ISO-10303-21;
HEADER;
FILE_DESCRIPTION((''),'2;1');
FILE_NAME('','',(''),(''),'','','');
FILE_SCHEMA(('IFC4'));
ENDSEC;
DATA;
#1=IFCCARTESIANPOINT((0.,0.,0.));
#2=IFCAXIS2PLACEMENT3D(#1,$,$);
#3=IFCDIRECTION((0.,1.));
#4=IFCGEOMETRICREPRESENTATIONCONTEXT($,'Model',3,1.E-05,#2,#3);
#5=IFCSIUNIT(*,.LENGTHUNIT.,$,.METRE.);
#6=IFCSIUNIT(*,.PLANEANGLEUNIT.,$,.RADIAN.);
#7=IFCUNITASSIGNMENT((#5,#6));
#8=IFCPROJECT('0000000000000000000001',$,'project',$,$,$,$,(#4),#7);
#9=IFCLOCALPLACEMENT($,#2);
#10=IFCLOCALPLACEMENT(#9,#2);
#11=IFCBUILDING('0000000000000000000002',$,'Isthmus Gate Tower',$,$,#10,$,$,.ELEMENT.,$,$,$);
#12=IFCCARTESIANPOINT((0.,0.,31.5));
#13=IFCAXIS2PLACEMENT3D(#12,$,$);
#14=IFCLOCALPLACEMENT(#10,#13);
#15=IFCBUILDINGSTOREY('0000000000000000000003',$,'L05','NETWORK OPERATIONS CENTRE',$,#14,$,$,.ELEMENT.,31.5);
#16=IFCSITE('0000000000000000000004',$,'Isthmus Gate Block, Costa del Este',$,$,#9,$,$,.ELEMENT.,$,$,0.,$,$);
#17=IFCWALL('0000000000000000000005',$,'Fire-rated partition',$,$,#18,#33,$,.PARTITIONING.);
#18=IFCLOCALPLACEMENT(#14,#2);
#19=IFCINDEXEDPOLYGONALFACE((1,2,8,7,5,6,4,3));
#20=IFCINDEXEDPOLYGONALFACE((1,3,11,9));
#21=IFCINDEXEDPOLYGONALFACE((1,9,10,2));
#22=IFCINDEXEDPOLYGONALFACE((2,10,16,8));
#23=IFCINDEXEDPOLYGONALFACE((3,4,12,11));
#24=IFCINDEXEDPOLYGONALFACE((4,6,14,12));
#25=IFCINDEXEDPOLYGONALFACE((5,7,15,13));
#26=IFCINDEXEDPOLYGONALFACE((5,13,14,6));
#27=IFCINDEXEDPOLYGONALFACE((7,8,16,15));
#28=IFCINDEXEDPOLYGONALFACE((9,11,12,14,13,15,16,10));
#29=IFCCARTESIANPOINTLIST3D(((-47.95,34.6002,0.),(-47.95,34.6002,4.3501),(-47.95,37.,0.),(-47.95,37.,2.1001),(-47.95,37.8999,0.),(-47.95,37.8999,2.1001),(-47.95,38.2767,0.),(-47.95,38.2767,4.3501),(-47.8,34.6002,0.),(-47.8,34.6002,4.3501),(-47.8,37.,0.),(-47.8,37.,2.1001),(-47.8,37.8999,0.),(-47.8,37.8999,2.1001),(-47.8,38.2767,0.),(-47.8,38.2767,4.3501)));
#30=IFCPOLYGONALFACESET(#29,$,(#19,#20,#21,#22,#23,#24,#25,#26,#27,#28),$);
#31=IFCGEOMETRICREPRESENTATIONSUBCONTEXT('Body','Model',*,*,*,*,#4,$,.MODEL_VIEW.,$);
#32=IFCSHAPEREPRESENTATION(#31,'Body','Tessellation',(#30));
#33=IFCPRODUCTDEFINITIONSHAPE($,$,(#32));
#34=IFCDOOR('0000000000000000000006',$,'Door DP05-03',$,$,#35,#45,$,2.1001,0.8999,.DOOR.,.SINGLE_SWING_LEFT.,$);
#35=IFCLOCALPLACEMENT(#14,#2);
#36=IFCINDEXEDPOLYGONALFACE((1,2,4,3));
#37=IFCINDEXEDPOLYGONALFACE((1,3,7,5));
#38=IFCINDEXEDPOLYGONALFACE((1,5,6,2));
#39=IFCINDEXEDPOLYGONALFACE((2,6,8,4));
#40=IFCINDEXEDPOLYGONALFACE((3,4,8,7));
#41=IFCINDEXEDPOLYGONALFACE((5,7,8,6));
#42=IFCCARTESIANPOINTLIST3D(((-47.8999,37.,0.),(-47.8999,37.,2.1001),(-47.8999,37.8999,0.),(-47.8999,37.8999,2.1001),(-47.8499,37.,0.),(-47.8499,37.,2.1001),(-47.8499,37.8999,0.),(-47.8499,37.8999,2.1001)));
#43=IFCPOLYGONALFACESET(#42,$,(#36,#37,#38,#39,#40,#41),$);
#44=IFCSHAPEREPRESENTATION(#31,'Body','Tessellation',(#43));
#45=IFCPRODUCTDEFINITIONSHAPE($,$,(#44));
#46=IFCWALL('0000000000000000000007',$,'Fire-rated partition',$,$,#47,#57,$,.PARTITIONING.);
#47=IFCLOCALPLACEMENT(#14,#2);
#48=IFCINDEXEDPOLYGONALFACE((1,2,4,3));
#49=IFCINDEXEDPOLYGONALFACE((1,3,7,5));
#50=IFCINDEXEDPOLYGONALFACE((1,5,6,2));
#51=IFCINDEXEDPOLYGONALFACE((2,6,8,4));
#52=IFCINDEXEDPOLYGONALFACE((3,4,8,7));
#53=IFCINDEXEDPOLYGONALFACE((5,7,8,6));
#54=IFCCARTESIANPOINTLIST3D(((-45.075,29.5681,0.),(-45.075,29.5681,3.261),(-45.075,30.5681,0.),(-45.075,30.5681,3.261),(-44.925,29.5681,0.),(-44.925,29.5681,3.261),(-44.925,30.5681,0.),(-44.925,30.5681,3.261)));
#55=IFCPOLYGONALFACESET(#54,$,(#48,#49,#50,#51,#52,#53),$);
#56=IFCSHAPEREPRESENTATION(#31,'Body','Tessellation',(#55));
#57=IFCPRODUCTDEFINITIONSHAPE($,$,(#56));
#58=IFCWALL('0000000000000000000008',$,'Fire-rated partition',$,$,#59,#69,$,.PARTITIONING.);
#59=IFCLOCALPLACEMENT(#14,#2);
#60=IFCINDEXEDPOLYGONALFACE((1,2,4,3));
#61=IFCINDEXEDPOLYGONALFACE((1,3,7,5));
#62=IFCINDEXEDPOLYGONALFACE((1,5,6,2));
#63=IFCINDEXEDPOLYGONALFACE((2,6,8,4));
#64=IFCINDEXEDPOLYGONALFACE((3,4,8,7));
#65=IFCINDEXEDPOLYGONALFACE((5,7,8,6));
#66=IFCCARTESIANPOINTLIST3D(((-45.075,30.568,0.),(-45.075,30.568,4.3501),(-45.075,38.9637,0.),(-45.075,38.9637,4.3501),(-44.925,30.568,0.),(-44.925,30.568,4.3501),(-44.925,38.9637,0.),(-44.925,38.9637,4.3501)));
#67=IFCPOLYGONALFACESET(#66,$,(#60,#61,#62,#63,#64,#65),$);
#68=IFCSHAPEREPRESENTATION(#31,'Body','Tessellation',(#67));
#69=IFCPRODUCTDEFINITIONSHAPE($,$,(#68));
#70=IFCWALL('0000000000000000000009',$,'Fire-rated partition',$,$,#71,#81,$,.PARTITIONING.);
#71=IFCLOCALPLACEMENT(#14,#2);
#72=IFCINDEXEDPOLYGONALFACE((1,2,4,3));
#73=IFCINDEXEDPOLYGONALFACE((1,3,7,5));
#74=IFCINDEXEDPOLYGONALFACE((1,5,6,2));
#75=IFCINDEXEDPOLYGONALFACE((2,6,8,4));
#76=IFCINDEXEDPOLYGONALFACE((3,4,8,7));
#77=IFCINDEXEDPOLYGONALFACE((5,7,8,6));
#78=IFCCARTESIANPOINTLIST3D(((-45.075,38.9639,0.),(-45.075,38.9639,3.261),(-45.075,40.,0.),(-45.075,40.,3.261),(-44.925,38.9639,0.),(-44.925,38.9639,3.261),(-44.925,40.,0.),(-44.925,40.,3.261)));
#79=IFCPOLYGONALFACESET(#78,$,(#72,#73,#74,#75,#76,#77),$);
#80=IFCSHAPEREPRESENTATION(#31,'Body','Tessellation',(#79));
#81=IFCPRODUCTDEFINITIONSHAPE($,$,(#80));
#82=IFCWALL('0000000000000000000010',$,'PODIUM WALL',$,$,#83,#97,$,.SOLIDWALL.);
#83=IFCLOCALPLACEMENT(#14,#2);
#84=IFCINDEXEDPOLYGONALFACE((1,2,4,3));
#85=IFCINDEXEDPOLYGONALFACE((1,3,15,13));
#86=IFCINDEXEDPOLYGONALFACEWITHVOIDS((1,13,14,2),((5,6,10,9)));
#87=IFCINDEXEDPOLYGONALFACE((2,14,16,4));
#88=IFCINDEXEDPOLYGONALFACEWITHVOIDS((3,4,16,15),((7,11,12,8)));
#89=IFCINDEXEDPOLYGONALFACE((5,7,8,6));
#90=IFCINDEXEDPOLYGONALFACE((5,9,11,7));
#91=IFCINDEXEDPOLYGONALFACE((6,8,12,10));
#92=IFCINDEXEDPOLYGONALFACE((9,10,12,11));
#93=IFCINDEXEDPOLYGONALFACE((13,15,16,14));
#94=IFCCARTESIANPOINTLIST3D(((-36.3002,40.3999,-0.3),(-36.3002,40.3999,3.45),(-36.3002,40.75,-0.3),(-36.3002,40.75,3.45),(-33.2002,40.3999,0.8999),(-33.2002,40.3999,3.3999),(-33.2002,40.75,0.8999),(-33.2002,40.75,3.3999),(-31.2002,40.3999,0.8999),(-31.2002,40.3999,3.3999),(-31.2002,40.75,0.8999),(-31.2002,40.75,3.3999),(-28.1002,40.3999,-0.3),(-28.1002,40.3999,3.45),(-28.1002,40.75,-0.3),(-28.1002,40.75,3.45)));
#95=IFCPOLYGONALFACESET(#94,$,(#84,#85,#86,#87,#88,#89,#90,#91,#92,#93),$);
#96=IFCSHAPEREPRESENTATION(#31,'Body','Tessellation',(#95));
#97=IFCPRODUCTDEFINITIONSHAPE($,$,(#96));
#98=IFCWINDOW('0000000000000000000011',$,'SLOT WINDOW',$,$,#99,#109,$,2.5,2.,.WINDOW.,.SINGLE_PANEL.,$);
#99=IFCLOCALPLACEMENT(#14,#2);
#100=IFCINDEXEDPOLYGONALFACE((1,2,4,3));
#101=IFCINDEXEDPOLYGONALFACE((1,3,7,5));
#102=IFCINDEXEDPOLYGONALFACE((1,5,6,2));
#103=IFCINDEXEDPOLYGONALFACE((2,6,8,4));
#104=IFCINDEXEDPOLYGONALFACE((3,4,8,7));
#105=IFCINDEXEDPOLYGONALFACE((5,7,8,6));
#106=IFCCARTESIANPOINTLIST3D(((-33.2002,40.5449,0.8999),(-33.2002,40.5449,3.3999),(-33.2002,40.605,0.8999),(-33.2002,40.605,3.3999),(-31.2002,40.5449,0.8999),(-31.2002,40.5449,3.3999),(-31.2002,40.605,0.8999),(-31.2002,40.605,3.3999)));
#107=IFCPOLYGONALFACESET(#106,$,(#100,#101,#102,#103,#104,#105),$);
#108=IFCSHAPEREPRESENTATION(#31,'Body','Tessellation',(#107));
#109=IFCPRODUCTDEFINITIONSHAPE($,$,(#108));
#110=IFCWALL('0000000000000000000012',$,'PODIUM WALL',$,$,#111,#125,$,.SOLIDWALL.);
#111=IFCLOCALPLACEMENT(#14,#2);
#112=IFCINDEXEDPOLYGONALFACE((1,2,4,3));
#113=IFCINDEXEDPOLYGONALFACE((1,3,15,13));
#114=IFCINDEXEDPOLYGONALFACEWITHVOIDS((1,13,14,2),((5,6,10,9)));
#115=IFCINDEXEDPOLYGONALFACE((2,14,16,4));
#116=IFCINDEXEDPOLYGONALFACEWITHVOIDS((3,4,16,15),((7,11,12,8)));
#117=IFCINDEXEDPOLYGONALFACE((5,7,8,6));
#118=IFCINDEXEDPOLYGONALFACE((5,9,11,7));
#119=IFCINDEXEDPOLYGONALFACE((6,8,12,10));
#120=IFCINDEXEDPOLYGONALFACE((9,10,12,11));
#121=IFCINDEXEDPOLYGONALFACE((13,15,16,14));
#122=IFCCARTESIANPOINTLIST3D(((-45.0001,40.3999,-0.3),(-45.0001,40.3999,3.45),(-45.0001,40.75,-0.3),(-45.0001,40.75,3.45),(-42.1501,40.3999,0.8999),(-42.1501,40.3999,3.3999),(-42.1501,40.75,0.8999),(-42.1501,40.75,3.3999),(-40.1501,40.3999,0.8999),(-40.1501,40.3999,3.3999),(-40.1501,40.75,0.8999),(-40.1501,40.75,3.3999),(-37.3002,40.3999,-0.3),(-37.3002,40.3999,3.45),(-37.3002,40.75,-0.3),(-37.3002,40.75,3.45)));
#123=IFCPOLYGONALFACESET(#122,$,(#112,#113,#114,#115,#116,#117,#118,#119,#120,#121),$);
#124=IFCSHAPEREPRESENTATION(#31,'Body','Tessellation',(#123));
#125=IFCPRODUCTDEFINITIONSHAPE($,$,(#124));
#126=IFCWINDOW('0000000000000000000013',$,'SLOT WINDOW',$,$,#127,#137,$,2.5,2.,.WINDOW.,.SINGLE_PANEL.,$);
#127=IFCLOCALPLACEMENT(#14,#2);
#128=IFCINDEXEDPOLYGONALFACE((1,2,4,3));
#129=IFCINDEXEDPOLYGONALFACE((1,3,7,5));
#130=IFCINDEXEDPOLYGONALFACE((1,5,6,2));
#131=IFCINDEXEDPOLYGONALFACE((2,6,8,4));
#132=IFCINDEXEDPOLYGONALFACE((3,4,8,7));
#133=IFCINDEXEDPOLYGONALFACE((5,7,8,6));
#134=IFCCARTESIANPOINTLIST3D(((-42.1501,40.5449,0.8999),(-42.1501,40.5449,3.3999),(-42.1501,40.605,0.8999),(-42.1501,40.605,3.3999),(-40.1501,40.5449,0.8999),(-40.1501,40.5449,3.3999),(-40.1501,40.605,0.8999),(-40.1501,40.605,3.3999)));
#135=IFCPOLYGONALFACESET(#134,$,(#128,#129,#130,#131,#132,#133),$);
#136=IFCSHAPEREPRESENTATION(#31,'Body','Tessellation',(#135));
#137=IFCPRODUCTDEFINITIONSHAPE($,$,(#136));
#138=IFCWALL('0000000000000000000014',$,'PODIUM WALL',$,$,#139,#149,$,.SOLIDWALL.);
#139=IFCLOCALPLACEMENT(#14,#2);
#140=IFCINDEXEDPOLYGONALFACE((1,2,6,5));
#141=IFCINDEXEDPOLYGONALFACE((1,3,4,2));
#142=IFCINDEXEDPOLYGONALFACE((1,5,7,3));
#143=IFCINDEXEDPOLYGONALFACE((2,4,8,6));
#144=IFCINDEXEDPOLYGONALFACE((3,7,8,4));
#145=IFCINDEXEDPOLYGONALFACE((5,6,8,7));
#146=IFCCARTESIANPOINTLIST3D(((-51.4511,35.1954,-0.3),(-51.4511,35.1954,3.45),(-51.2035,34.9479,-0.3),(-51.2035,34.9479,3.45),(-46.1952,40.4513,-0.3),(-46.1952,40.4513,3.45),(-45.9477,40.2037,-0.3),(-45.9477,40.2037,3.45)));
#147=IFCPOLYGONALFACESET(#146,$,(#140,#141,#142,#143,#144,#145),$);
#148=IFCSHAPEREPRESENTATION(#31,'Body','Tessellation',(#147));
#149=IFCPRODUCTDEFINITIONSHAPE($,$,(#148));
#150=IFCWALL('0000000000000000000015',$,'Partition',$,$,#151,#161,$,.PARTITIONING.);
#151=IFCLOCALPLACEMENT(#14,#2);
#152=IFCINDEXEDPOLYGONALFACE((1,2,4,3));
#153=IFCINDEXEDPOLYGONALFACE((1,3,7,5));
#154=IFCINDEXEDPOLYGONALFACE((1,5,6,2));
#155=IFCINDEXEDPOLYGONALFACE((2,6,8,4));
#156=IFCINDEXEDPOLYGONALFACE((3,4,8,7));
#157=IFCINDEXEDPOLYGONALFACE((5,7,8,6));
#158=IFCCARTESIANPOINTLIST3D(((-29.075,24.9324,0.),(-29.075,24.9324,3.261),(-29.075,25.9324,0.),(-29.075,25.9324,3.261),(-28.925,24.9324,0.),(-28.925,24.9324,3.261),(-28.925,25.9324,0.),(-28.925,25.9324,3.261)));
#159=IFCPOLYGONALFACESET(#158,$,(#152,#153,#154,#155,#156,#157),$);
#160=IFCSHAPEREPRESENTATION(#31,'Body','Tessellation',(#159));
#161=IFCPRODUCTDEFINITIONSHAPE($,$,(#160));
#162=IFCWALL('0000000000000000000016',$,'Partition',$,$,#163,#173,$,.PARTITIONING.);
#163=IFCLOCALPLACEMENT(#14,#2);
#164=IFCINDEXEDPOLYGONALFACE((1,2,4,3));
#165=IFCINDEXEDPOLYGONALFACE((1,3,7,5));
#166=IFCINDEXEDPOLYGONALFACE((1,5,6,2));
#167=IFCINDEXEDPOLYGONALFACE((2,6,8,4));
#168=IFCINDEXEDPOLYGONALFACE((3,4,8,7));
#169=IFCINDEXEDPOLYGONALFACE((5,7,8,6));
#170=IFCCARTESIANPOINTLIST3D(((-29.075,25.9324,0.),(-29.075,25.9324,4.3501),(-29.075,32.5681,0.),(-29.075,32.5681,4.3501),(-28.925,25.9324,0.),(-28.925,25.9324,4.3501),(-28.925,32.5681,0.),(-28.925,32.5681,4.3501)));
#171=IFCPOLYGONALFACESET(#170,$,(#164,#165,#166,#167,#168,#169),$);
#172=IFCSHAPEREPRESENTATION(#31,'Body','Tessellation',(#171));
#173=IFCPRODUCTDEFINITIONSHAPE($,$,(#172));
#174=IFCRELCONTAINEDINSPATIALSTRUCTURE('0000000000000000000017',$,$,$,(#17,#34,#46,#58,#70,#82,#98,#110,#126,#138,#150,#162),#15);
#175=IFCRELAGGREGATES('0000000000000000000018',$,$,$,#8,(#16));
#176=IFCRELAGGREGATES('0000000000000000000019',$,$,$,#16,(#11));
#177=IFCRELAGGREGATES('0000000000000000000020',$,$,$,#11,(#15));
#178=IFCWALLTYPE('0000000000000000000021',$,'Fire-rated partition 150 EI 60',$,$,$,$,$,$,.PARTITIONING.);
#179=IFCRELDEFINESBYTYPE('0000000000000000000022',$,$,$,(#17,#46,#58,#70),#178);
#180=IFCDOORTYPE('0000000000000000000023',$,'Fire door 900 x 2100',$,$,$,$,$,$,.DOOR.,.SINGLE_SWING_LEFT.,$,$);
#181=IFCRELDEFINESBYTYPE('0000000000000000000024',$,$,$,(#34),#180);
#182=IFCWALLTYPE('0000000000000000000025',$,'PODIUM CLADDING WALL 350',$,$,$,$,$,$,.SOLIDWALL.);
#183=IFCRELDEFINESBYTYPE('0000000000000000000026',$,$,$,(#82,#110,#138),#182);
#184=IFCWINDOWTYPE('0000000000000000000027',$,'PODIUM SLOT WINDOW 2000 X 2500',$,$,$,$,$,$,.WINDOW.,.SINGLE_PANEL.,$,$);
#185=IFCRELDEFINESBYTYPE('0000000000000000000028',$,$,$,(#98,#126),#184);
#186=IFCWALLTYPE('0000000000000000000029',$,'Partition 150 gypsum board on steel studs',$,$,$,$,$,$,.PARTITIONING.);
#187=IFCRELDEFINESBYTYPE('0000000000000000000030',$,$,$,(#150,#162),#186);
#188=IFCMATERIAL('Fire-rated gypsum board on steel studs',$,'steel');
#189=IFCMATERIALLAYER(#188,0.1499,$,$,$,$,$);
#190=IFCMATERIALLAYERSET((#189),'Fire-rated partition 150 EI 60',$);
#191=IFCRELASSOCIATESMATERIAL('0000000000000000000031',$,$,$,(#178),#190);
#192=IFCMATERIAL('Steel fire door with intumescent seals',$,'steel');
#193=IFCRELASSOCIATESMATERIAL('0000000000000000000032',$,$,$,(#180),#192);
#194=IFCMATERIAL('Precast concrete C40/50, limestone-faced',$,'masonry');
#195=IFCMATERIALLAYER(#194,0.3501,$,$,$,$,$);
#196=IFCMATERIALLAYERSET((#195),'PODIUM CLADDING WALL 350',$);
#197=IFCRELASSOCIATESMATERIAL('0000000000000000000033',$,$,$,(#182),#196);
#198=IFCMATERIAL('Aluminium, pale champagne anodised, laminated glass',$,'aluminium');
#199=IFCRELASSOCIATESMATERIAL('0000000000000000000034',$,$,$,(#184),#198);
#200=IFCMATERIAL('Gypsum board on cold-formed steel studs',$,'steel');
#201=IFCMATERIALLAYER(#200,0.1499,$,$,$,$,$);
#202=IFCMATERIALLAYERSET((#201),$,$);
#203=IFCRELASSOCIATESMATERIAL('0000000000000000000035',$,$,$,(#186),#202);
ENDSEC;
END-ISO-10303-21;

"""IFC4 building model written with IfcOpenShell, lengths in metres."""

from ifc_helpers import new_model, si_unit, direction, frame, frame_2d, origin, place, context, subcontext, project, spatial, rectangle, extrude, material, layer, layer_set, type_object, element, fill, save


model = new_model("IFC4")

# Units and contexts
model_context = context("Model", 3, precision=1e-05, world=origin(), true_north=direction((0.0, 1.0)))
body_context = subcontext(model_context, "Body", "Model", "MODEL_VIEW")
ifc_project = project(units=[si_unit("LENGTHUNIT", "METRE"), si_unit("PLANEANGLEUNIT", "RADIAN")], contexts=[model_context])

# Site, building, storey
site_placement = place(None, origin())
site = spatial("IfcSite", under=ifc_project, at=site_placement, Name="Isthmus Gate Block, Costa del Este", CompositionType="ELEMENT", RefElevation=0.0)
building_placement = place(site_placement, origin())
building = spatial("IfcBuilding", under=site, at=building_placement, Name="Isthmus Gate Tower", CompositionType="ELEMENT")
storey_placement = place(building_placement, frame((0.0, 0.0, 31.5)))
storey = spatial("IfcBuildingStorey", under=building, at=storey_placement, Name="L05", Description="NETWORK OPERATIONS CENTRE", CompositionType="ELEMENT", Elevation=31.5)

# Shared definitions
ifc_material_1 = material(Name="Fire-rated gypsum board on steel studs", Category="steel")
ifc_layer_1 = layer(ifc_material_1, 0.1499)
ifc_layer_set_1 = layer_set([ifc_layer_1], Name="Fire-rated partition 150 EI 60")
wall_type_1 = type_object("IfcWallType", Name="Fire-rated partition 150 EI 60", PredefinedType="PARTITIONING", material=ifc_layer_set_1)

# Wall, opening, door
wall_1_placement = place(storey_placement, frame((-47.875, 34.6001, 0.0), z_axis=(0.0, 0.0, 1.0), x_axis=(0.0, 1.0, 0.0)))
wall_1 = element("IfcWall", 1, at=wall_1_placement, inside=storey, type_object=wall_type_1, Name="Fire-rated partition", PredefinedType="PARTITIONING", context=body_context, shape_type="SweptSolid", body=[
    extrude(rectangle(XDim=3.6765, YDim=0.1499, at=frame_2d((1.8384, 0.0))), origin(), (0.0, 0.0, 1.0), 4.3501),
])
opening_1_placement = place(wall_1_placement, frame((2.3999, 0.0, 0.0)))
opening_1 = element("IfcOpeningElement", 2, at=opening_1_placement, cuts=wall_1, PredefinedType="OPENING", context=body_context, shape_type="SweptSolid", body=[
    extrude(rectangle(XDim=0.8999, YDim=2.1001, at=frame_2d((0.45, 1.05))), frame((0.0, 0.085, 0.0), z_axis=(0.0, -1.0, 0.0), x_axis=(1.0, 0.0, 0.0)), (0.0, 0.0, 1.0), 0.1699),
])
ifc_material_2 = material(Name="Steel fire door with intumescent seals", Category="steel")
door_type_1 = type_object("IfcDoorType", Name="Fire door 900 x 2100", OperationType="SINGLE_SWING_LEFT", PredefinedType="DOOR", material=ifc_material_2)
door_1_placement = place(opening_1_placement, origin())
door_1 = element("IfcDoor", 3, at=door_1_placement, inside=storey, type_object=door_type_1, Name="Door DP05-03", OperationType="SINGLE_SWING_LEFT", OverallHeight=2.1001, OverallWidth=0.8999, PredefinedType="DOOR", context=body_context, shape_type="SweptSolid", body=[
    extrude(rectangle(XDim=0.8999, YDim=2.1001, at=frame_2d((0.45, 1.05))), frame((0.0, 0.0249, 0.0), z_axis=(0.0, -1.0, 0.0), x_axis=(1.0, 0.0, 0.0)), (0.0, 0.0, 1.0), 0.05),
])
fill(opening_1, door_1)

# Walls
wall_2_placement = place(storey_placement, frame((-45.0, 29.5681, 0.0), z_axis=(0.0, 0.0, 1.0), x_axis=(0.0, 1.0, 0.0)))
element("IfcWall", 4, at=wall_2_placement, inside=storey, type_object=wall_type_1, Name="Fire-rated partition", PredefinedType="PARTITIONING", context=body_context, shape_type="SweptSolid", body=[
    extrude(rectangle(XDim=1.0, YDim=0.1499, at=frame_2d((0.5, 0.0))), origin(), (0.0, 0.0, 1.0), 3.261),
])
wall_3_placement = place(storey_placement, frame((-45.0, 30.5681, 0.0), z_axis=(0.0, 0.0, 1.0), x_axis=(0.0, 1.0, 0.0)))
element("IfcWall", 5, at=wall_3_placement, inside=storey, type_object=wall_type_1, Name="Fire-rated partition", PredefinedType="PARTITIONING", context=body_context, shape_type="SweptSolid", body=[
    extrude(rectangle(XDim=8.3958, YDim=0.1499, at=frame_2d((4.1978, 0.0))), origin(), (0.0, 0.0, 1.0), 4.3501),
])
wall_4_placement = place(storey_placement, frame((-45.0, 38.9639, 0.0), z_axis=(0.0, 0.0, 1.0), x_axis=(0.0, 1.0, 0.0)))
element("IfcWall", 6, at=wall_4_placement, inside=storey, type_object=wall_type_1, Name="Fire-rated partition", PredefinedType="PARTITIONING", context=body_context, shape_type="SweptSolid", body=[
    extrude(rectangle(XDim=1.0361, YDim=0.1499, at=frame_2d((0.5181, 0.0))), origin(), (0.0, 0.0, 1.0), 3.261),
])

# Walls, openings, windows
ifc_material_3 = material(Name="Precast concrete C40/50, limestone-faced", Category="masonry")
ifc_layer_2 = layer(ifc_material_3, 0.3501)
ifc_layer_set_2 = layer_set([ifc_layer_2], Name="PODIUM CLADDING WALL 350")
wall_type_2 = type_object("IfcWallType", Name="PODIUM CLADDING WALL 350", PredefinedType="SOLIDWALL", material=ifc_layer_set_2)
wall_5_placement = place(storey_placement, frame((-28.1001, 40.575, -0.3), z_axis=(0.0, 0.0, 1.0), x_axis=(-1.0, 0.0, 0.0)))
wall_5 = element("IfcWall", 7, at=wall_5_placement, inside=storey, type_object=wall_type_2, Name="PODIUM WALL", PredefinedType="SOLIDWALL", context=body_context, shape_type="SweptSolid", body=[
    extrude(rectangle(XDim=8.2, YDim=0.3501, at=frame_2d((4.1001, 0.0))), origin(), (0.0, 0.0, 1.0), 3.75),
])
opening_2_placement = place(wall_5_placement, frame((3.1001, 0.0, 1.2)))
opening_2 = element("IfcOpeningElement", 8, at=opening_2_placement, cuts=wall_5, PredefinedType="OPENING", context=body_context, shape_type="SweptSolid", body=[
    extrude(rectangle(XDim=2.0, YDim=2.5, at=frame_2d((1.0, 1.25))), frame((0.0, 0.1851, 0.0), z_axis=(0.0, -1.0, 0.0), x_axis=(1.0, 0.0, 0.0)), (0.0, 0.0, 1.0), 0.3701),
])
ifc_material_4 = material(Name="Aluminium, pale champagne anodised, laminated glass", Category="aluminium")
window_type = type_object("IfcWindowType", Name="PODIUM SLOT WINDOW 2000 X 2500", PartitioningType="SINGLE_PANEL", PredefinedType="WINDOW", material=ifc_material_4)
window_1_placement = place(opening_2_placement, origin())
window_1 = element("IfcWindow", 9, at=window_1_placement, inside=storey, type_object=window_type, Name="SLOT WINDOW", OverallHeight=2.5, OverallWidth=2.0, PartitioningType="SINGLE_PANEL", PredefinedType="WINDOW", context=body_context, shape_type="SweptSolid", body=[
    extrude(rectangle(XDim=2.0, YDim=2.5, at=frame_2d((1.0, 1.25))), frame((0.0, 0.03, 0.0), z_axis=(0.0, -1.0, 0.0), x_axis=(1.0, 0.0, 0.0)), (0.0, 0.0, 1.0), 0.0601),
])
fill(opening_2, window_1)
wall_6_placement = place(storey_placement, frame((-37.3, 40.575, -0.3), z_axis=(0.0, 0.0, 1.0), x_axis=(-1.0, 0.0, 0.0)))
wall_6 = element("IfcWall", 10, at=wall_6_placement, inside=storey, type_object=wall_type_2, Name="PODIUM WALL", PredefinedType="SOLIDWALL", context=body_context, shape_type="SweptSolid", body=[
    extrude(rectangle(XDim=7.7, YDim=0.3501, at=frame_2d((3.8501, 0.0))), origin(), (0.0, 0.0, 1.0), 3.75),
])
opening_3_placement = place(wall_6_placement, frame((2.8501, 0.0, 1.2)))
opening_3 = element("IfcOpeningElement", 11, at=opening_3_placement, cuts=wall_6, PredefinedType="OPENING", context=body_context, shape_type="SweptSolid", body=[
    extrude(rectangle(XDim=2.0, YDim=2.5, at=frame_2d((1.0, 1.25))), frame((0.0, 0.1851, 0.0), z_axis=(0.0, -1.0, 0.0), x_axis=(1.0, 0.0, 0.0)), (0.0, 0.0, 1.0), 0.3701),
])
window_2_placement = place(opening_3_placement, origin())
window_2 = element("IfcWindow", 12, at=window_2_placement, inside=storey, type_object=window_type, Name="SLOT WINDOW", OverallHeight=2.5, OverallWidth=2.0, PartitioningType="SINGLE_PANEL", PredefinedType="WINDOW", context=body_context, shape_type="SweptSolid", body=[
    extrude(rectangle(XDim=2.0, YDim=2.5, at=frame_2d((1.0, 1.25))), frame((0.0, 0.03, 0.0), z_axis=(0.0, -1.0, 0.0), x_axis=(1.0, 0.0, 0.0)), (0.0, 0.0, 1.0), 0.0601),
])
fill(opening_3, window_2)

# Walls
wall_7_placement = place(storey_placement, frame((-46.0715, 40.3274, -0.3), z_axis=(0.0, 0.0, 1.0), x_axis=(-0.707107, -0.707107, 0.0)))
element("IfcWall", 13, at=wall_7_placement, inside=storey, type_object=wall_type_2, Name="PODIUM WALL", PredefinedType="SOLIDWALL", context=body_context, shape_type="SweptSolid", body=[
    extrude(rectangle(XDim=7.4329, YDim=0.3501, at=frame_2d((3.7163, 0.0))), origin(), (0.0, 0.0, 1.0), 3.75),
])
ifc_material_5 = material(Name="Gypsum board on cold-formed steel studs", Category="steel")
ifc_layer_3 = layer(ifc_material_5, 0.1499)
ifc_layer_set_3 = layer_set([ifc_layer_3])
wall_type_3 = type_object("IfcWallType", Name="Partition 150 gypsum board on steel studs", PredefinedType="PARTITIONING", material=ifc_layer_set_3)
wall_8_placement = place(storey_placement, frame((-29.0, 24.9324, 0.0), z_axis=(0.0, 0.0, 1.0), x_axis=(0.0, 1.0, 0.0)))
element("IfcWall", 14, at=wall_8_placement, inside=storey, type_object=wall_type_3, Name="Partition", PredefinedType="PARTITIONING", context=body_context, shape_type="SweptSolid", body=[
    extrude(rectangle(XDim=1.0, YDim=0.1499, at=frame_2d((0.5, 0.0))), origin(), (0.0, 0.0, 1.0), 3.261),
])
wall_9_placement = place(storey_placement, frame((-29.0, 25.9324, 0.0), z_axis=(0.0, 0.0, 1.0), x_axis=(0.0, 1.0, 0.0)))
element("IfcWall", 15, at=wall_9_placement, inside=storey, type_object=wall_type_3, Name="Partition", PredefinedType="PARTITIONING", context=body_context, shape_type="SweptSolid", body=[
    extrude(rectangle(XDim=6.6357, YDim=0.1499, at=frame_2d((3.3179, 0.0))), origin(), (0.0, 0.0, 1.0), 4.3501),
])

save(model, "model.ifc")
